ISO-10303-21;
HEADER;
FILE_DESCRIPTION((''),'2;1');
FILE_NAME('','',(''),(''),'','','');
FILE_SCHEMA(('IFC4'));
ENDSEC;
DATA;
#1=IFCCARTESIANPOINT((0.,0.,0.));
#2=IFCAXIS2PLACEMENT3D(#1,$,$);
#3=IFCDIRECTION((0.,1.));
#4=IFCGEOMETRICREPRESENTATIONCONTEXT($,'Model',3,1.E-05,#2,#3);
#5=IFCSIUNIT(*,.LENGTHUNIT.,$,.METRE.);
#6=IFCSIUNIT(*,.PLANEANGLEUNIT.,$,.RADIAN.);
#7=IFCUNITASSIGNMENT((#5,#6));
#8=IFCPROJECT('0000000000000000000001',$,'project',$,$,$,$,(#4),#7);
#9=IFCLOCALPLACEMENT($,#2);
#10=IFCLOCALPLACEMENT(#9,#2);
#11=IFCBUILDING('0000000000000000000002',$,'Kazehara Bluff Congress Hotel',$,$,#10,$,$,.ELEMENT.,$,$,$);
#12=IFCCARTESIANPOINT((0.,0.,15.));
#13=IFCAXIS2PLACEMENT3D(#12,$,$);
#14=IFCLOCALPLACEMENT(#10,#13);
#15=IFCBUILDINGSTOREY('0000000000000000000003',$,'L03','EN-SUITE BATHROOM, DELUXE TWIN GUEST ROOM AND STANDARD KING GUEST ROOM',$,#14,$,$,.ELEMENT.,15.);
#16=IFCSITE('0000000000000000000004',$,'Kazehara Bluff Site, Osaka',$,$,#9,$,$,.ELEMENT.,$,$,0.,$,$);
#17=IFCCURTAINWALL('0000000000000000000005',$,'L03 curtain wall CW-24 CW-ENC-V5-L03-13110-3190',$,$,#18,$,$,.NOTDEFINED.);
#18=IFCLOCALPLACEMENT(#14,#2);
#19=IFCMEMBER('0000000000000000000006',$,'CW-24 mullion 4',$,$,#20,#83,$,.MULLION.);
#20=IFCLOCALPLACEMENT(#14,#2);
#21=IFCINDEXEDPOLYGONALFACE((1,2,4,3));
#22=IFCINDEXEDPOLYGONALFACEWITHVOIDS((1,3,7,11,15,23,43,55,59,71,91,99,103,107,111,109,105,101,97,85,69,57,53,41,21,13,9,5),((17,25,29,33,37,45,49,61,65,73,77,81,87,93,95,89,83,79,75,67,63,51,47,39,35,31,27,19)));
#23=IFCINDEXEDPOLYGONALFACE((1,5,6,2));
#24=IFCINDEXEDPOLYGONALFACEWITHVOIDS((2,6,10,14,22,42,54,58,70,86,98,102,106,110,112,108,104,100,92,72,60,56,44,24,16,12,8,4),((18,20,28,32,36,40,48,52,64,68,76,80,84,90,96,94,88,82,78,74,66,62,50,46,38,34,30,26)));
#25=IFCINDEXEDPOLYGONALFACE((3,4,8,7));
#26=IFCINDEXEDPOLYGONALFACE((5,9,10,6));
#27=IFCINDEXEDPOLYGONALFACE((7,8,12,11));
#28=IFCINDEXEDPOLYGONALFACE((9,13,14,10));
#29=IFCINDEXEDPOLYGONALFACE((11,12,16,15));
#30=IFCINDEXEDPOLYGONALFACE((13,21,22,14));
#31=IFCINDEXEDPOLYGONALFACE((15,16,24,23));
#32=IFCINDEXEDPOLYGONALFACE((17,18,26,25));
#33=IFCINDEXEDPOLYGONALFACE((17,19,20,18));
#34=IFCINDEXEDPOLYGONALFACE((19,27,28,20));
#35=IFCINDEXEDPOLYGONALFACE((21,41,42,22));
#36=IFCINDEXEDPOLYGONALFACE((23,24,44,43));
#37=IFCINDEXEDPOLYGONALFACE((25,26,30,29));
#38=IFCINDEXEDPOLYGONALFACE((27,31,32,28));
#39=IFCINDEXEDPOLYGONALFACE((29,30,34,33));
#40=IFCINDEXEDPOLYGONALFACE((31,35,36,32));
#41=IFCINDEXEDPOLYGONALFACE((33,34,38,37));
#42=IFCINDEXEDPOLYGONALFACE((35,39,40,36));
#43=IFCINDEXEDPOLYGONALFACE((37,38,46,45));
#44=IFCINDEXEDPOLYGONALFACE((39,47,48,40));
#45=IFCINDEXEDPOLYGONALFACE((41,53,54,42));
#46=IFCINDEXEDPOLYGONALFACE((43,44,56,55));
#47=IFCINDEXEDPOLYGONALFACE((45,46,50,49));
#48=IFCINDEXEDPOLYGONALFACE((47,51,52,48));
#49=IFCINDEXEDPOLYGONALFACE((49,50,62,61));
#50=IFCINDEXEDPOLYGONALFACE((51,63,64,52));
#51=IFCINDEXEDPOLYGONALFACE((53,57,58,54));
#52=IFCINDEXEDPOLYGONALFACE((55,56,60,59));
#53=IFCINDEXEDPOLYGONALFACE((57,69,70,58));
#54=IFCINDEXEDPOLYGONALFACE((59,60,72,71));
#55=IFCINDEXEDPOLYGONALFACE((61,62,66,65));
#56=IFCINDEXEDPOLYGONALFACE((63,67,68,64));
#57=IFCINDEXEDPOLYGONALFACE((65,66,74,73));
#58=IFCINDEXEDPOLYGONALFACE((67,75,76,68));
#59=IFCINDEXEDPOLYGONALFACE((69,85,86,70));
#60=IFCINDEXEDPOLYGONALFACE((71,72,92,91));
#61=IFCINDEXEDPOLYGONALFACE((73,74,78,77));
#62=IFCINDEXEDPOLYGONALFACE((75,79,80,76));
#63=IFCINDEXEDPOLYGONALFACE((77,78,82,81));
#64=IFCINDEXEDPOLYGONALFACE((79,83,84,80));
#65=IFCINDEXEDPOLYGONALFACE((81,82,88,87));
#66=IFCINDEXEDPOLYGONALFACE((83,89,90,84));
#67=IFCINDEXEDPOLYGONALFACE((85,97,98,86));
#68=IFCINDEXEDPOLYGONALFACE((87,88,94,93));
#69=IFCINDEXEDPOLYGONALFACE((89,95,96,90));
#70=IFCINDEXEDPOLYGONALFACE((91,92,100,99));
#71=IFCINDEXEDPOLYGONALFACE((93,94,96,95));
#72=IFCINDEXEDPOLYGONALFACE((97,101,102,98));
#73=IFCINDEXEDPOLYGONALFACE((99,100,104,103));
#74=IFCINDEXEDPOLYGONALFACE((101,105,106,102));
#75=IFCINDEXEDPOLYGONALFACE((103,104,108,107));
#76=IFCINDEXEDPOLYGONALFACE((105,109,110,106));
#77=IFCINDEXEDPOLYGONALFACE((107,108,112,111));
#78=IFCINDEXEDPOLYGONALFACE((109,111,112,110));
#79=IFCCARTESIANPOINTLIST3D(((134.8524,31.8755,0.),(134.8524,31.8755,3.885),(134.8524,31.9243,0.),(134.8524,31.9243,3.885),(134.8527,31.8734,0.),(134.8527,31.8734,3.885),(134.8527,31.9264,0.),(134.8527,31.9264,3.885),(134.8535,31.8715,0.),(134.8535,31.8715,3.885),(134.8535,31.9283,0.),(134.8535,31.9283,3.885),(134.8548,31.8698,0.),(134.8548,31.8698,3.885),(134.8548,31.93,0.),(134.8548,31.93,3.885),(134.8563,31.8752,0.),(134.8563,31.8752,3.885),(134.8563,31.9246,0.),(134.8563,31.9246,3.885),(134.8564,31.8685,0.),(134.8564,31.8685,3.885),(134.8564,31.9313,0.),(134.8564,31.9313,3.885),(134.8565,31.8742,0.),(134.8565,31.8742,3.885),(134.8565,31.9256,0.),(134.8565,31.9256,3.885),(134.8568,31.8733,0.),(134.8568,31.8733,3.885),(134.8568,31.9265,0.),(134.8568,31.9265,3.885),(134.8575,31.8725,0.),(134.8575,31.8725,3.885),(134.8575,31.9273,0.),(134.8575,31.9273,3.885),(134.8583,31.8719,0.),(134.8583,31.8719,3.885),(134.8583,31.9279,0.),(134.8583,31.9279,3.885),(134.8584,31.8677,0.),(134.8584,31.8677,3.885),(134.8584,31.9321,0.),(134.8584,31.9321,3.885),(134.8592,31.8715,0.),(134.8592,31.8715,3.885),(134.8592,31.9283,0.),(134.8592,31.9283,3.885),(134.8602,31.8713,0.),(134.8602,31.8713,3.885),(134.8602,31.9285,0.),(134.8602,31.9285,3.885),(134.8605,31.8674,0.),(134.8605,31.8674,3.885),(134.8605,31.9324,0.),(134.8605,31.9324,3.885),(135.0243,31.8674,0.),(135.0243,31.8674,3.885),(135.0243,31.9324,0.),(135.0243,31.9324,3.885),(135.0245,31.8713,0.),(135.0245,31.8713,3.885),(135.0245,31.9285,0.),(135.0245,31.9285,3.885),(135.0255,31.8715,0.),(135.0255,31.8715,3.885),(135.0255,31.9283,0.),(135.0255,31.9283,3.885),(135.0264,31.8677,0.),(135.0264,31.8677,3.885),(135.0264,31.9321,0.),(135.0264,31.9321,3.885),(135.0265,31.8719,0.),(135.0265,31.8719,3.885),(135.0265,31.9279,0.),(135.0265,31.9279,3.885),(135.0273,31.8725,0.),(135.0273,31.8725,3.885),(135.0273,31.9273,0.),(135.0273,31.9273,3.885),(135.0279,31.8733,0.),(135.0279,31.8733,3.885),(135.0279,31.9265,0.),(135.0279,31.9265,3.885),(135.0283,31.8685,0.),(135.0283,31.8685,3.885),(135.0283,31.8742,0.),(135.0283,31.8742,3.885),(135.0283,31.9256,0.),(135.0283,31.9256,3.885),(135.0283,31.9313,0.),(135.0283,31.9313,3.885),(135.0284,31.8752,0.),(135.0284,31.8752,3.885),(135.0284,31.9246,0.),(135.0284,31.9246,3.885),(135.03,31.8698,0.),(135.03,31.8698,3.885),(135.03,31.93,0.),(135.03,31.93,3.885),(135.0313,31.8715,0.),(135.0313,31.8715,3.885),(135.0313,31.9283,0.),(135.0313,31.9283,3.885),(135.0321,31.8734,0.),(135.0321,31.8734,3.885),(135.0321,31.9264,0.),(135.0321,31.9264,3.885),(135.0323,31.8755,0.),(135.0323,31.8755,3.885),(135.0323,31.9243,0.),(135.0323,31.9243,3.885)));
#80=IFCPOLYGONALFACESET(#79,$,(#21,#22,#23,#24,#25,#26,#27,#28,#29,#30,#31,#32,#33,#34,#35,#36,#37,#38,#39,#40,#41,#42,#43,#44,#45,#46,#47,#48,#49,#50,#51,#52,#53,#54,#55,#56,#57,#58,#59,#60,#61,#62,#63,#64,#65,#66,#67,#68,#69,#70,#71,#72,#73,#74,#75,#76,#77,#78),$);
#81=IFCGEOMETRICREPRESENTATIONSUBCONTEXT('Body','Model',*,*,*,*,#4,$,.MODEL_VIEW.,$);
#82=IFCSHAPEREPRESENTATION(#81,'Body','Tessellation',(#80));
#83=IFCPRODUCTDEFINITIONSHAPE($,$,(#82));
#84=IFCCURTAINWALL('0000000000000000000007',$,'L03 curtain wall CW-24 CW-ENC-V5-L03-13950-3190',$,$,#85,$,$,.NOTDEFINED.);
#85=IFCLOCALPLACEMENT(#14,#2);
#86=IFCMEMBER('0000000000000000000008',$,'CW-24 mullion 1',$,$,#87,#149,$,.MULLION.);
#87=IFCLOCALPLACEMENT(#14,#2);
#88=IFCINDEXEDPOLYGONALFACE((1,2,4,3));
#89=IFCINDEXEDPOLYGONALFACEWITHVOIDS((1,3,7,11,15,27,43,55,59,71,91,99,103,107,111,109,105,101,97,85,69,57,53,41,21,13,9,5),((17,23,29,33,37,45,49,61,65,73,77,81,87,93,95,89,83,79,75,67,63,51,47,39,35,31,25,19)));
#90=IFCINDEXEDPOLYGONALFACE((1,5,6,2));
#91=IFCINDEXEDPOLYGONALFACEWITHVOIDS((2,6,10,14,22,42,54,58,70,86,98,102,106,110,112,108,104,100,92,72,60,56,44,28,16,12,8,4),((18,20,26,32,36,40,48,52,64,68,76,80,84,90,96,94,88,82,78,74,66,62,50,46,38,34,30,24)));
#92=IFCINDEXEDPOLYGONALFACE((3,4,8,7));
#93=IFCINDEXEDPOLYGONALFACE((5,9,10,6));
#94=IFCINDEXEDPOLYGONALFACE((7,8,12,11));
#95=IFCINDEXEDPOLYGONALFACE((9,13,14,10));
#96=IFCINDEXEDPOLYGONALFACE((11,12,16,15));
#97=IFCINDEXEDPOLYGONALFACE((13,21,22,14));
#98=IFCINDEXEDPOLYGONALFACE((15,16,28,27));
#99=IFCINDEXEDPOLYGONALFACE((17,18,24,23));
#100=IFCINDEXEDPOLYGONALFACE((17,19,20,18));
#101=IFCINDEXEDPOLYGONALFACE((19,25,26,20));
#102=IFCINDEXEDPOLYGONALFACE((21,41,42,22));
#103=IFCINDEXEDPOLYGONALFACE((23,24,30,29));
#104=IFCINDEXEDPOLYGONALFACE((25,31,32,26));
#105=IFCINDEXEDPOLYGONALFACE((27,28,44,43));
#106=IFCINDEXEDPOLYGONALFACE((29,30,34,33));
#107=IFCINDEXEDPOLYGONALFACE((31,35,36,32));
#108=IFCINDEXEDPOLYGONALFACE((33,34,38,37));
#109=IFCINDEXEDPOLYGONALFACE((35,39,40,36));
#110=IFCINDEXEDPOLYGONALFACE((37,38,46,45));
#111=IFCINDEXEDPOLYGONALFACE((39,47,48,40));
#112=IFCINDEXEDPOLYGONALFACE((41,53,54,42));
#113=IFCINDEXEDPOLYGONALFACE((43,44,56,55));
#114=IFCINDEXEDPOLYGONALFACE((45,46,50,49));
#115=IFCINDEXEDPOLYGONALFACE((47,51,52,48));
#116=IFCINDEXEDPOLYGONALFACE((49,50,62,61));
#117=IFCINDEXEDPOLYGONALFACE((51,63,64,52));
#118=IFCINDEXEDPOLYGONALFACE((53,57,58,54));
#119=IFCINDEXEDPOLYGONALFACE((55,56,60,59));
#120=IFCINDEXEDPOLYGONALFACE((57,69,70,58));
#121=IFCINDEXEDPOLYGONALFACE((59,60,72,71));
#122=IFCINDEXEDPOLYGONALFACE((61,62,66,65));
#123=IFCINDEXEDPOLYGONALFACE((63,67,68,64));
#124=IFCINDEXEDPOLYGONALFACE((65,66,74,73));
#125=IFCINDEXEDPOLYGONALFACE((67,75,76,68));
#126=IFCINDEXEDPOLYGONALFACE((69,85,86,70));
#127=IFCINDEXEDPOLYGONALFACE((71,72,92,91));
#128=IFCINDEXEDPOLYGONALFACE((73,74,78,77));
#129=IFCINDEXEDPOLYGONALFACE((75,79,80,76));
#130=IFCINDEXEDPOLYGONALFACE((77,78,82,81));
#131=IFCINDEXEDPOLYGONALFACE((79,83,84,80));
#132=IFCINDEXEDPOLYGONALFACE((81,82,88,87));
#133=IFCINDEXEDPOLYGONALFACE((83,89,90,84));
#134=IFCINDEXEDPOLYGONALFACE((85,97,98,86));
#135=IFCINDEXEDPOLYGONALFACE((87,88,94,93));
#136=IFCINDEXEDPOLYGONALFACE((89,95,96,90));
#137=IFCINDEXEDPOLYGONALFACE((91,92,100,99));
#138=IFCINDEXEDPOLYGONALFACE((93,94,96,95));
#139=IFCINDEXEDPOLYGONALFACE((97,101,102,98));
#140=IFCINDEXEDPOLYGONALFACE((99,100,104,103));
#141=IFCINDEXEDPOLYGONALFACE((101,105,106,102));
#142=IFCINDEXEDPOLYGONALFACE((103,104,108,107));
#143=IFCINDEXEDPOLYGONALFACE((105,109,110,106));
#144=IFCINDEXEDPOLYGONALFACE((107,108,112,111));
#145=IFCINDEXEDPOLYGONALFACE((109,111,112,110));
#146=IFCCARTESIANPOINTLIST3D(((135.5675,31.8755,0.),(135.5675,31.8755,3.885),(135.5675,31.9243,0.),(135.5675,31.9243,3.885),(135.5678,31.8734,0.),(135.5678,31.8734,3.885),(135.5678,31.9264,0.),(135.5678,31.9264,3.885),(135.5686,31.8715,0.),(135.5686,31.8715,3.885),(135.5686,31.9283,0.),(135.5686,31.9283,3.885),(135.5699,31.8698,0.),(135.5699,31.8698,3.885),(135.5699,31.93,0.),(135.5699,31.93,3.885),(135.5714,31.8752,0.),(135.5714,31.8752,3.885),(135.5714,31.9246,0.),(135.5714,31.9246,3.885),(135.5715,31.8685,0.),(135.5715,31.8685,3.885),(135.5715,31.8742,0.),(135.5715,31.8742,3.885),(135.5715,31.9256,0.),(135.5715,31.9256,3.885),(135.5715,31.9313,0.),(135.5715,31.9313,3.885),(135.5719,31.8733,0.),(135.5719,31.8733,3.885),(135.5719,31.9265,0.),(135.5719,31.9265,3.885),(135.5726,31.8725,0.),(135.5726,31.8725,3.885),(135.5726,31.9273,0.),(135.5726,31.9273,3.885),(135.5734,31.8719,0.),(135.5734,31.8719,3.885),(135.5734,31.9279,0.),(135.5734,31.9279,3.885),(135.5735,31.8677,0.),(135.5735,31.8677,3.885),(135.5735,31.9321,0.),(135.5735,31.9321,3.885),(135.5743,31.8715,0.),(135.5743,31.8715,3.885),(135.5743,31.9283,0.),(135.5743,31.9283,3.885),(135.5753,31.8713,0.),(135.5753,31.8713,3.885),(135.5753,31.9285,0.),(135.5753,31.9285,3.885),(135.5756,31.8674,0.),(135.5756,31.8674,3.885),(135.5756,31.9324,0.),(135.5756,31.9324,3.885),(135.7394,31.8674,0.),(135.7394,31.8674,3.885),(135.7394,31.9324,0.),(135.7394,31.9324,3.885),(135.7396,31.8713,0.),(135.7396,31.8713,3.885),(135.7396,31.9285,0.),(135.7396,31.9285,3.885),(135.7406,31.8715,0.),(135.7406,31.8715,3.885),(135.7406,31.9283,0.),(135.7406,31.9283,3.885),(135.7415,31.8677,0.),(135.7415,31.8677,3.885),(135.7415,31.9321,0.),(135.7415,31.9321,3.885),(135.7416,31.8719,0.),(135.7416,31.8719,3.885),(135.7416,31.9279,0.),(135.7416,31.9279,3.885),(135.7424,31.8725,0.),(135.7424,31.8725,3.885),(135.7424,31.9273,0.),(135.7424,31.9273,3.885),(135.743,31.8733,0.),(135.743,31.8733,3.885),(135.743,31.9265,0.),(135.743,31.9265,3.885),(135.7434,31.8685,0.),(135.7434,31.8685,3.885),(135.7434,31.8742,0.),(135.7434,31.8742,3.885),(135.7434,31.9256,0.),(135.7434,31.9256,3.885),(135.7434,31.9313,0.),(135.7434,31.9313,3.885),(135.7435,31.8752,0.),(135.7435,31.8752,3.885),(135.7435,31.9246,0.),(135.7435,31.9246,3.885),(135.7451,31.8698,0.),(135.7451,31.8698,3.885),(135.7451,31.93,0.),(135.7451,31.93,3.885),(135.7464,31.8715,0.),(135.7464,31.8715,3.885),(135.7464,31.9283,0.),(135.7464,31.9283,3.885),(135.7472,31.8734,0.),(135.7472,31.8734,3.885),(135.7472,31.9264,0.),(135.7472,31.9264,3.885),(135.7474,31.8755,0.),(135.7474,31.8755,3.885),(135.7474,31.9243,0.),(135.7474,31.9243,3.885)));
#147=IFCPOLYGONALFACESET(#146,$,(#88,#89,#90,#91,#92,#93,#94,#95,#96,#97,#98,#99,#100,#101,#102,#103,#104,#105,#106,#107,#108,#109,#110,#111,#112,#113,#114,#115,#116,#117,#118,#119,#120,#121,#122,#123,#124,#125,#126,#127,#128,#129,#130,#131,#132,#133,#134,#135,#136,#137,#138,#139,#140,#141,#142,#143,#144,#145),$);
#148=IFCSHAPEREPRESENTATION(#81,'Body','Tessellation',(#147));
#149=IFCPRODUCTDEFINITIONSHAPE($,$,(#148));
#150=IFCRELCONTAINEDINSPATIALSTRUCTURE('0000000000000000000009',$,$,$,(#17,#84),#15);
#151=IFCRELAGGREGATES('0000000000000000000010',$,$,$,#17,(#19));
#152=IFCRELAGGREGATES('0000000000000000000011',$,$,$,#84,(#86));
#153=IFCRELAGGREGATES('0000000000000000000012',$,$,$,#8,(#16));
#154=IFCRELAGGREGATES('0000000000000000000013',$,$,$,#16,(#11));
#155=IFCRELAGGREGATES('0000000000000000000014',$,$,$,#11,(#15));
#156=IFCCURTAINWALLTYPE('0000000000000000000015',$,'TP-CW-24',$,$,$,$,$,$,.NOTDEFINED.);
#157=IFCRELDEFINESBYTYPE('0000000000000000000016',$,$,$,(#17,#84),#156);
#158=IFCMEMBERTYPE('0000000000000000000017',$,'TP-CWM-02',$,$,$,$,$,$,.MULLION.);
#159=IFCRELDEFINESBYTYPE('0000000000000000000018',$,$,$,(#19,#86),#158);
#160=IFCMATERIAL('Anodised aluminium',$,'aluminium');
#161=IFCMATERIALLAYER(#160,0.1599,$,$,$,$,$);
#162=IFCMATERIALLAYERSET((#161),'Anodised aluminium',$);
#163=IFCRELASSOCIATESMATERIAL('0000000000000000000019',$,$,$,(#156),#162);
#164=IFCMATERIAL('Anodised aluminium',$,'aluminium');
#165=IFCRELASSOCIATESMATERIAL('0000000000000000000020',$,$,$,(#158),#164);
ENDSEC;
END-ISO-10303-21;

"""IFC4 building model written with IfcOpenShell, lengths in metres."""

from ifc_helpers import new_model, si_unit, direction, frame, origin, origin_2d, place, context, subcontext, project, spatial, hollow_rectangle, extrude, material, layer, layer_set, material_profile, profile_set, type_object, element, aggregate, save


model = new_model("IFC4")

# Units and contexts
model_context = context("Model", 3, precision=1e-05, world=origin(), true_north=direction((0.0, 1.0)))
body_context = subcontext(model_context, "Body", "Model", "MODEL_VIEW")
ifc_project = project(units=[si_unit("LENGTHUNIT", "METRE"), si_unit("PLANEANGLEUNIT", "RADIAN")], contexts=[model_context])

# Site, building, storey
site_placement = place(None, origin())
site = spatial("IfcSite", under=ifc_project, at=site_placement, Name="Kazehara Bluff Site, Osaka", CompositionType="ELEMENT", RefElevation=0.0)
building_placement = place(site_placement, origin())
building = spatial("IfcBuilding", under=site, at=building_placement, Name="Kazehara Bluff Congress Hotel", CompositionType="ELEMENT")
storey_placement = place(building_placement, frame((0.0, 0.0, 15.0)))
storey = spatial("IfcBuildingStorey", under=building, at=storey_placement, Name="L03", Description="EN-SUITE BATHROOM, DELUXE TWIN GUEST ROOM AND STANDARD KING GUEST ROOM", CompositionType="ELEMENT", Elevation=15.0)

# Curtain wall, member
ifc_material_1 = material(Name="Anodised aluminium", Category="aluminium")
ifc_layer_1 = layer(ifc_material_1, 0.1599)
ifc_layer_set_1 = layer_set([ifc_layer_1], Name="Anodised aluminium")
curtain_wall_type = type_object("IfcCurtainWallType", Name="TP-CW-24", PredefinedType="NOTDEFINED", material=ifc_layer_set_1)
curtain_wall_1_placement = place(storey_placement, origin())
curtain_wall_1 = element("IfcCurtainWall", 1, at=curtain_wall_1_placement, inside=storey, type_object=curtain_wall_type, Name="L03 curtain wall CW-24 CW-ENC-V5-L03-13110-3190", PredefinedType="NOTDEFINED")
ifc_material_2 = material(Name="Anodised aluminium", Category="aluminium")
ifc_material_profile_1 = material_profile(ifc_material_2, hollow_rectangle(XDim=0.0649, YDim=0.1799, WallThickness=0.0039, InnerFilletRadius=0.0039, OuterFilletRadius=0.0081, at=origin_2d()))
ifc_profile_set_1 = profile_set([ifc_material_profile_1], Name="Anodised aluminium")
member_type_1 = type_object("IfcMemberType", Name="TP-CWM-02", PredefinedType="MULLION", material=ifc_profile_set_1)
member_1_placement = place(storey_placement, frame((134.9424, 31.8999, 0.0), z_axis=(0.0, 0.0, 1.0), x_axis=(0.0, 1.0, 0.0)))
member_1 = element("IfcMember", 2, at=member_1_placement, type_object=member_type_1, Name="CW-24 mullion 4", PredefinedType="MULLION", context=body_context, shape_type="SweptSolid", body=[
    extrude(hollow_rectangle(XDim=0.0649, YDim=0.1799, WallThickness=0.0039, InnerFilletRadius=0.0039, OuterFilletRadius=0.0081, at=origin_2d()), origin(), (0.0, 0.0, 1.0), 3.885),
])

# Curtain wall, member
curtain_wall_2_placement = place(storey_placement, origin())
curtain_wall_2 = element("IfcCurtainWall", 3, at=curtain_wall_2_placement, inside=storey, type_object=curtain_wall_type, Name="L03 curtain wall CW-24 CW-ENC-V5-L03-13950-3190", PredefinedType="NOTDEFINED")
member_2_placement = place(storey_placement, frame((135.6575, 31.8999, 0.0), z_axis=(0.0, 0.0, 1.0), x_axis=(0.0, 1.0, 0.0)))
member_2 = element("IfcMember", 4, at=member_2_placement, type_object=member_type_1, Name="CW-24 mullion 1", PredefinedType="MULLION", context=body_context, shape_type="SweptSolid", body=[
    extrude(hollow_rectangle(XDim=0.0649, YDim=0.1799, WallThickness=0.0039, InnerFilletRadius=0.0039, OuterFilletRadius=0.0081, at=origin_2d()), origin(), (0.0, 0.0, 1.0), 3.885),
])

aggregate(curtain_wall_1, [member_1])
aggregate(curtain_wall_2, [member_2])

save(model, "model.ifc")
